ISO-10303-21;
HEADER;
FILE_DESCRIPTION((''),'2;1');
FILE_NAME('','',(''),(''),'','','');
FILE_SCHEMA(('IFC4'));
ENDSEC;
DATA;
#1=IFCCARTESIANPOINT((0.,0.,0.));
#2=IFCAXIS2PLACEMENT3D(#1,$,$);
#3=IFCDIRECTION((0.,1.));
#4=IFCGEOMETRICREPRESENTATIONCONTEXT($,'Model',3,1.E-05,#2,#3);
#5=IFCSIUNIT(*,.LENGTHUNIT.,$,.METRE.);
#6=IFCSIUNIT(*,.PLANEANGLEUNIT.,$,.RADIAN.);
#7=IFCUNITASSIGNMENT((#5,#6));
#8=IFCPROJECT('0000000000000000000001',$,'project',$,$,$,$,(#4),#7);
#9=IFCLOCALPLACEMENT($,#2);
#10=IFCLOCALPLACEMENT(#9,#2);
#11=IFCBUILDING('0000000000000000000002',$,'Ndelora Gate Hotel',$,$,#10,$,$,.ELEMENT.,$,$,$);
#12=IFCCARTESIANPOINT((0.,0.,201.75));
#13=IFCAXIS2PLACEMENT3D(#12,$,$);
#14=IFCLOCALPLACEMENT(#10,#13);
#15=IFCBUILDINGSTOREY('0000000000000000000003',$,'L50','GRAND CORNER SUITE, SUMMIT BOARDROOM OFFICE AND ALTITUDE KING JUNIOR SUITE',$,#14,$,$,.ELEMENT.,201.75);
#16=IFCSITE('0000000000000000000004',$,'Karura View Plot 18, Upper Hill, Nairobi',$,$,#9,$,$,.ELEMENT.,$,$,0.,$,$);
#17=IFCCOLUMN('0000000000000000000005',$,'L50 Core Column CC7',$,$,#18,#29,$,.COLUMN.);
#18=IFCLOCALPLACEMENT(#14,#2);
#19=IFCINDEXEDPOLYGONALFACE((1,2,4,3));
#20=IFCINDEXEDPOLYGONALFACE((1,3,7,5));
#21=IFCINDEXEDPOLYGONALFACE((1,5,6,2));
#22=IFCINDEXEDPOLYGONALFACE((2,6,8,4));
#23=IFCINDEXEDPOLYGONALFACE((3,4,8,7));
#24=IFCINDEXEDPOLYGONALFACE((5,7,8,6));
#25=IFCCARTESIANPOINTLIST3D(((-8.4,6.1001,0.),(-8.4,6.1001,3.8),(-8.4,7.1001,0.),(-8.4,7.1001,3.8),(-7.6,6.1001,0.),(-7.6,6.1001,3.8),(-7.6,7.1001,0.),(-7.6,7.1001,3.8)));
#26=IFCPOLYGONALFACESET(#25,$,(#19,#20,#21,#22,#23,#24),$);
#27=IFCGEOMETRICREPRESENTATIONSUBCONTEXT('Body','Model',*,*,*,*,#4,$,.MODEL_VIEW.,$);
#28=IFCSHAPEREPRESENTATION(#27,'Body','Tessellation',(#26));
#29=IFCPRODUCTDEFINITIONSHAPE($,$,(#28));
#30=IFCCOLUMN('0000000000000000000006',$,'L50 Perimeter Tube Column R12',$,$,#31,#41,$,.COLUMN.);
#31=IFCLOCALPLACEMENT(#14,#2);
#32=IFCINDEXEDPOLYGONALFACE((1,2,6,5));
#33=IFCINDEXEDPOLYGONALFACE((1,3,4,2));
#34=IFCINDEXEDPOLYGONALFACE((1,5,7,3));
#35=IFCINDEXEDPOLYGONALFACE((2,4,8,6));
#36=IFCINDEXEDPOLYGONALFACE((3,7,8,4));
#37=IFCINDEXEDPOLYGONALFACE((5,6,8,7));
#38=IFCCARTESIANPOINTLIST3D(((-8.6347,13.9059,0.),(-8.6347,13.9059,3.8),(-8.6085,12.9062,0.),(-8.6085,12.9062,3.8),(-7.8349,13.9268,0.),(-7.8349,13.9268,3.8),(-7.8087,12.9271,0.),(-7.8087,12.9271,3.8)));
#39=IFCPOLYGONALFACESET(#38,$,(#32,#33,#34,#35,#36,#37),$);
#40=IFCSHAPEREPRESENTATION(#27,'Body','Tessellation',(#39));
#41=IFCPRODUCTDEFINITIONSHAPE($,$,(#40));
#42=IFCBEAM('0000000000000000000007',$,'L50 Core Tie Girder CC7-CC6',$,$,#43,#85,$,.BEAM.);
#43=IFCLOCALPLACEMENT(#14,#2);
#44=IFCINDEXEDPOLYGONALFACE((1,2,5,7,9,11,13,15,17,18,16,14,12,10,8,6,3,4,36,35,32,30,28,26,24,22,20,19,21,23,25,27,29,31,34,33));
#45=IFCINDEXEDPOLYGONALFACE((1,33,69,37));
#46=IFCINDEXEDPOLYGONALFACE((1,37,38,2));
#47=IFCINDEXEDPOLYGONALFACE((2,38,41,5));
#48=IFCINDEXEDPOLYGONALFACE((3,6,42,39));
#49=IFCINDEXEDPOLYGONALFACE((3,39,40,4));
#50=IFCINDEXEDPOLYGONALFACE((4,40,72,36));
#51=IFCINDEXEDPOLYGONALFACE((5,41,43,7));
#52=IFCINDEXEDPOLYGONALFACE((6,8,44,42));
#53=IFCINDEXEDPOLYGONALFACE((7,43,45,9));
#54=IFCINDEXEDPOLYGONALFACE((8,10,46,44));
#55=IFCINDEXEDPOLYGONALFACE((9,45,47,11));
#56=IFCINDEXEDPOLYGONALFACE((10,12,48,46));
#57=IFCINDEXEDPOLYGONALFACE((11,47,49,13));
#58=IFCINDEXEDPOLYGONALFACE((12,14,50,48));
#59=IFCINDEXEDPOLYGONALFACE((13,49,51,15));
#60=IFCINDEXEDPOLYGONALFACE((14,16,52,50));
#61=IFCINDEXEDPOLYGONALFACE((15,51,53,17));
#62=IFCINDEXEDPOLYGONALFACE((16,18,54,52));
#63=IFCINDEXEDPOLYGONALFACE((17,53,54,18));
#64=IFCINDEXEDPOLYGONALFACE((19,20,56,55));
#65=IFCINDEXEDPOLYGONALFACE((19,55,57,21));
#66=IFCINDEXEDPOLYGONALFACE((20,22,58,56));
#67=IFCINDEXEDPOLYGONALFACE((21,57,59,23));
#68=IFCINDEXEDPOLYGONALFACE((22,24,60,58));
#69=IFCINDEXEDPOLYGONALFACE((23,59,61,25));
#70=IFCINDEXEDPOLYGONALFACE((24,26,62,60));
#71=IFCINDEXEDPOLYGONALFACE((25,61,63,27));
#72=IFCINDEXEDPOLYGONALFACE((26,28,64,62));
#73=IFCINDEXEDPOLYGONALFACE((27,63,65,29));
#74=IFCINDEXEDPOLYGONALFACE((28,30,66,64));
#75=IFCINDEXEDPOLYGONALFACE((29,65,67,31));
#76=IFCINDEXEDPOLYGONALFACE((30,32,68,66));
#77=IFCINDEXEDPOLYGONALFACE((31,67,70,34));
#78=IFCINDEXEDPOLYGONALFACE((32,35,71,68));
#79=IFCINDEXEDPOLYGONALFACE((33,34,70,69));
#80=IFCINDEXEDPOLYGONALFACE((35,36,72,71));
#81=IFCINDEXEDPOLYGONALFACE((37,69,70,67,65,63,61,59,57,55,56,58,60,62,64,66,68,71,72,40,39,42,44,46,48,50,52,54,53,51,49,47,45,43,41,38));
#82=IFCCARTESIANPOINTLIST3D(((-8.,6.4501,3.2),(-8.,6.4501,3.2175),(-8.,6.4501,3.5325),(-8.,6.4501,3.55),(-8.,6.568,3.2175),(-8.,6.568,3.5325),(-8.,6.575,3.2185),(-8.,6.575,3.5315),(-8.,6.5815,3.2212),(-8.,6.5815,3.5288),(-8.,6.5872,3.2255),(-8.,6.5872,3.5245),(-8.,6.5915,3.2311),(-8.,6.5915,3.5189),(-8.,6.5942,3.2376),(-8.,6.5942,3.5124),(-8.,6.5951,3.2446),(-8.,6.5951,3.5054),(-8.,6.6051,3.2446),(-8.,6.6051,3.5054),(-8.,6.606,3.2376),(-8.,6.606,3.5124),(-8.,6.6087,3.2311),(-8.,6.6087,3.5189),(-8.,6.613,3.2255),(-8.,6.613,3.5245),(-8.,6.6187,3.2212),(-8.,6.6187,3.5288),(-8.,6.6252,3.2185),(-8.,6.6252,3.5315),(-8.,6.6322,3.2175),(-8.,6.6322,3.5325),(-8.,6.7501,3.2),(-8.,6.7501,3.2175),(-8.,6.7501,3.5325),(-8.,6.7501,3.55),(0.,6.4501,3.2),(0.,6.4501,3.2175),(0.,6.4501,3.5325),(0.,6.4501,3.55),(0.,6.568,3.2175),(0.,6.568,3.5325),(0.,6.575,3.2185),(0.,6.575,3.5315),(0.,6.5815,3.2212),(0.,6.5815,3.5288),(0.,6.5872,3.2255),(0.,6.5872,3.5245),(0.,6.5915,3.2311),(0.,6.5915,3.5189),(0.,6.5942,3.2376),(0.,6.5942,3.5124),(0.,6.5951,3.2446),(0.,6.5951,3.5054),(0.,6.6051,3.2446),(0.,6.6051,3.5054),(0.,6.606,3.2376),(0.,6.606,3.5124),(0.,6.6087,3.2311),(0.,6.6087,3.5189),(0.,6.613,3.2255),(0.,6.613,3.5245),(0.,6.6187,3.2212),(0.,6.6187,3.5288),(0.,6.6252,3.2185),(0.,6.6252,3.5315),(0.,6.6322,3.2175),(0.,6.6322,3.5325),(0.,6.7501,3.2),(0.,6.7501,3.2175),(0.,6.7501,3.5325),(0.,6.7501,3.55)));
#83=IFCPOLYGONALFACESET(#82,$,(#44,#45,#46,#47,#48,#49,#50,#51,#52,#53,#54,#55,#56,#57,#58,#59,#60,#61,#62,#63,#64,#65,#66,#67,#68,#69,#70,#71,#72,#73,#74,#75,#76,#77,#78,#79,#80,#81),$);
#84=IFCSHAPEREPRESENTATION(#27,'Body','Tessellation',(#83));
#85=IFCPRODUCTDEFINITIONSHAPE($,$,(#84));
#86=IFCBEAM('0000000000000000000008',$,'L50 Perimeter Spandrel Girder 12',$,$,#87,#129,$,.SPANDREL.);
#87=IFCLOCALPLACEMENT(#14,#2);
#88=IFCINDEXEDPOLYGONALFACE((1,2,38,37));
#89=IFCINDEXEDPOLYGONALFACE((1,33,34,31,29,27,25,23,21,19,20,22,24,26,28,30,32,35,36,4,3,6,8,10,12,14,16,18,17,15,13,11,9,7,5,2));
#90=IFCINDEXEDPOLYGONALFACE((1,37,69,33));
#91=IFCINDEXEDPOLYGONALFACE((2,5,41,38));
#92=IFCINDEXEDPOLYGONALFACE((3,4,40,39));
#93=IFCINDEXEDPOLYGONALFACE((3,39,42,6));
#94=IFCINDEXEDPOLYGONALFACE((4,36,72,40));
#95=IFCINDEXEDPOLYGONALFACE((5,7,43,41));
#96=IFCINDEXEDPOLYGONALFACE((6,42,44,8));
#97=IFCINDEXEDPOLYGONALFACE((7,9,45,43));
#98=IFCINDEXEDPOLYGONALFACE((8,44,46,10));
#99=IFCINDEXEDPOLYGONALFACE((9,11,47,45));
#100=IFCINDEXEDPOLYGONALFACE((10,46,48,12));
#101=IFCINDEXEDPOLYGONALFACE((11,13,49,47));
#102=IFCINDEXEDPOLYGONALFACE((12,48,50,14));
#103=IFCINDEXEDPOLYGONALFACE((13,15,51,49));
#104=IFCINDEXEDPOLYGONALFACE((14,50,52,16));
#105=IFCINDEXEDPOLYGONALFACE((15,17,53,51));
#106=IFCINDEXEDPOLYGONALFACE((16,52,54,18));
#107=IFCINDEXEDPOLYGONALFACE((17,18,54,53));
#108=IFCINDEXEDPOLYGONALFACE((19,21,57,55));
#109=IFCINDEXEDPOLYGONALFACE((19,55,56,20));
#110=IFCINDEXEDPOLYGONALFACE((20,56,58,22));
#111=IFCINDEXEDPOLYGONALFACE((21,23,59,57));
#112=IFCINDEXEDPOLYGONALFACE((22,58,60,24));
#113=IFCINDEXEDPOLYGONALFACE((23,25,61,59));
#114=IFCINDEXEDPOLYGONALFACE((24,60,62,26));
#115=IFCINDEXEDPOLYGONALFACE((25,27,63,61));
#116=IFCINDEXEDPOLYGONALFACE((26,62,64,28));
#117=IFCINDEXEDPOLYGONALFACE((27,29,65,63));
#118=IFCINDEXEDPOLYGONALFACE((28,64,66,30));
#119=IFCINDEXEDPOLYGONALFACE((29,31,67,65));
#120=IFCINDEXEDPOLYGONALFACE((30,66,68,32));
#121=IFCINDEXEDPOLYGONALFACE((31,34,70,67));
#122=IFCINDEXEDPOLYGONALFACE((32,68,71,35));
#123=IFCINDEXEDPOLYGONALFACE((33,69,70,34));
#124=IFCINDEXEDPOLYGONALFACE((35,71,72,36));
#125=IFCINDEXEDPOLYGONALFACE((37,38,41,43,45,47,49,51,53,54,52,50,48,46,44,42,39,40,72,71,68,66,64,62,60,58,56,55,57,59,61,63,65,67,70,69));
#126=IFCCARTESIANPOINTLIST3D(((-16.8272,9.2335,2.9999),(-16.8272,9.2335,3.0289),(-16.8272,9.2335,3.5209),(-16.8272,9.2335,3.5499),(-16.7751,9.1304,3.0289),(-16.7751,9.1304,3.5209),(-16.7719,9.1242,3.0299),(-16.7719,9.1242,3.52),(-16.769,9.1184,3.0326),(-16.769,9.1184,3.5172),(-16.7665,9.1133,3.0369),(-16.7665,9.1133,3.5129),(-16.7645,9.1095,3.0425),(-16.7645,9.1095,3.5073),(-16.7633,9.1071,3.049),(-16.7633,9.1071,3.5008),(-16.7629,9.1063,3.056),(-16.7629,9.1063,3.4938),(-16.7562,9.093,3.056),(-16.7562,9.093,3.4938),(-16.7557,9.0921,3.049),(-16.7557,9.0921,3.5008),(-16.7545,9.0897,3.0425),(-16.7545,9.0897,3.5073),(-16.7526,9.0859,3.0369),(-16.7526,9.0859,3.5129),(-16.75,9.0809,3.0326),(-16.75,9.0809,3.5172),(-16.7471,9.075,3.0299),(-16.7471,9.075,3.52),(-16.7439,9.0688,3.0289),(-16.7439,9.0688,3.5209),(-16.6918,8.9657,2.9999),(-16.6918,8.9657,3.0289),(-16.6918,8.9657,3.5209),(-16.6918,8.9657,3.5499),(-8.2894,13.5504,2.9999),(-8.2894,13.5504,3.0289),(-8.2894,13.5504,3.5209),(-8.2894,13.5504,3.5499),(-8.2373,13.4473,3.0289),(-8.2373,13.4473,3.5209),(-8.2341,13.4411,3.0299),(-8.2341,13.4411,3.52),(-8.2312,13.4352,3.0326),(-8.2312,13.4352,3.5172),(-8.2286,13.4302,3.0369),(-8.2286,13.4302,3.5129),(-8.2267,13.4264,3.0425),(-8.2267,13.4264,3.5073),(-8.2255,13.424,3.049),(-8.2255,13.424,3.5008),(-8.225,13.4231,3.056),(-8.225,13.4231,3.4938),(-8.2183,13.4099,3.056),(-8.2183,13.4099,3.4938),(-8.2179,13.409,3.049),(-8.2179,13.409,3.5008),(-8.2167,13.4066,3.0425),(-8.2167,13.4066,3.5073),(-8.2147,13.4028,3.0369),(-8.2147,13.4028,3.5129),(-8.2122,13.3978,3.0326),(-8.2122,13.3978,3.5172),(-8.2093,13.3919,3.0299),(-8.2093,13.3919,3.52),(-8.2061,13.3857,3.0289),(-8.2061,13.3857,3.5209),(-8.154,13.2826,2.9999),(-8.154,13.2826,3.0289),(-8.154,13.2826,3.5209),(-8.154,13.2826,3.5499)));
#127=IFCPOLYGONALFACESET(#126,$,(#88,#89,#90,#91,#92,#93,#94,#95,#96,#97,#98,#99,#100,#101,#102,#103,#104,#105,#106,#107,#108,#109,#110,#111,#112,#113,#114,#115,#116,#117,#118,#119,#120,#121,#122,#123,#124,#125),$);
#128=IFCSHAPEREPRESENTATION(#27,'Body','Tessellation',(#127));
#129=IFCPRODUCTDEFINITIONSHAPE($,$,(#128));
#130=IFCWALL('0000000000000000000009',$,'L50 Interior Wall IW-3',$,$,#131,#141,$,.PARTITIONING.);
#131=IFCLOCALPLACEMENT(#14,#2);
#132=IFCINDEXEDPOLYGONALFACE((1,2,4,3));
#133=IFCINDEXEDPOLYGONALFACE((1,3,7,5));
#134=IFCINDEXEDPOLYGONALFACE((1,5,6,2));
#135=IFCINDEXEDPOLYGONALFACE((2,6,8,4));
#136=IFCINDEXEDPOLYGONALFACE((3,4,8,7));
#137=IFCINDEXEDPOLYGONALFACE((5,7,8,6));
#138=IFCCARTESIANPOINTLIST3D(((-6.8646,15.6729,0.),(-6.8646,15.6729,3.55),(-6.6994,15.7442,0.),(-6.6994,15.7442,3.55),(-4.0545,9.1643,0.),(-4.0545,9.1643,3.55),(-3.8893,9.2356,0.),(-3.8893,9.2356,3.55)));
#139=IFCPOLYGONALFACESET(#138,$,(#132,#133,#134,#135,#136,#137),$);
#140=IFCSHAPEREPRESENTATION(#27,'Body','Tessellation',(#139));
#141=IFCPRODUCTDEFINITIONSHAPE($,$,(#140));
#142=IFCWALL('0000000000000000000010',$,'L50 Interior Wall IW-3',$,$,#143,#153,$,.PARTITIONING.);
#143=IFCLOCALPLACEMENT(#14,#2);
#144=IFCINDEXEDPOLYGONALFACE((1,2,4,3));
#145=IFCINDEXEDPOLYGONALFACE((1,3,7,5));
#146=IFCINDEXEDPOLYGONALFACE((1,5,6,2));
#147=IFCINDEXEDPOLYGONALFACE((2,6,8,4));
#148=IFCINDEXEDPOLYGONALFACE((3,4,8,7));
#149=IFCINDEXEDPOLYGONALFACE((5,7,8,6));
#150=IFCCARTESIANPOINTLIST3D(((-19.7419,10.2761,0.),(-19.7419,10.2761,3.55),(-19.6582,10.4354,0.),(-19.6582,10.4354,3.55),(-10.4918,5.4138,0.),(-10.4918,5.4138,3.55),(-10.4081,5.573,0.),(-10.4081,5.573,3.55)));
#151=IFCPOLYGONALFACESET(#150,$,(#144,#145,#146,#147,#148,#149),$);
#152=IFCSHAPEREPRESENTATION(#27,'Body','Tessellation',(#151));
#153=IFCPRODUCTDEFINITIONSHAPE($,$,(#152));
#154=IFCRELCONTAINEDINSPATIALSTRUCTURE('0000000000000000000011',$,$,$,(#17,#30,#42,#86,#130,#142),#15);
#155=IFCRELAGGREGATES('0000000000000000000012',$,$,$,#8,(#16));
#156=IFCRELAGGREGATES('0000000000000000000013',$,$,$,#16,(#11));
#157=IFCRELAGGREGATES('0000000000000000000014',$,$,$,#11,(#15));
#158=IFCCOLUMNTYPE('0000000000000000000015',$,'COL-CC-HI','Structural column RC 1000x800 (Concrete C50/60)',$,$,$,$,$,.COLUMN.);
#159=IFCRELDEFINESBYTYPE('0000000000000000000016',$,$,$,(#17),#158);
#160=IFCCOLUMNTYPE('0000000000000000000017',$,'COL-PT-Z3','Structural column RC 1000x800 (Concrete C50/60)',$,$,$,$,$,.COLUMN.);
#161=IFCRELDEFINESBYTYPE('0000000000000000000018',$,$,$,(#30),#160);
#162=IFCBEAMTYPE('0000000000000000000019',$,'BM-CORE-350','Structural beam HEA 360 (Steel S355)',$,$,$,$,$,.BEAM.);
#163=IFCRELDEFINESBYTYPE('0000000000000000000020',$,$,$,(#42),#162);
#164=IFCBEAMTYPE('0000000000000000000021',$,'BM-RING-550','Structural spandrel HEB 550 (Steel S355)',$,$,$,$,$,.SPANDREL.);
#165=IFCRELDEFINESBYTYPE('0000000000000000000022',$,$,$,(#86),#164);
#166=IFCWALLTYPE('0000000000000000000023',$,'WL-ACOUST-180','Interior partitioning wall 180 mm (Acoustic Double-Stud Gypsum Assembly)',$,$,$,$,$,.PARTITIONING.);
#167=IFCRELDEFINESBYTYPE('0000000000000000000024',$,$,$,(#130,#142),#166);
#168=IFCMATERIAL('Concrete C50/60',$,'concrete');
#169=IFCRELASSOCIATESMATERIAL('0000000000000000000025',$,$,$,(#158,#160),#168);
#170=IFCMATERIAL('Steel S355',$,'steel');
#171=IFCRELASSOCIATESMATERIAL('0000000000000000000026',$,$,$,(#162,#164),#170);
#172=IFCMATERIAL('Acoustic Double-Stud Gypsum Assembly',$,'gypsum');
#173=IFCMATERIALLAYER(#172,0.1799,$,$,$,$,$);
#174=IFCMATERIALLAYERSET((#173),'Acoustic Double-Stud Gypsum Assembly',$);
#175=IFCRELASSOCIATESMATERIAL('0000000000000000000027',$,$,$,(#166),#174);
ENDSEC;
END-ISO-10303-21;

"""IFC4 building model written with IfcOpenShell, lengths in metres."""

from ifc_helpers import new_model, si_unit, direction, frame, frame_2d, origin, origin_2d, place, context, subcontext, project, spatial, rectangle, i_section, extrude, material, layer, layer_set, material_profile, profile_set, type_object, element, save


model = new_model("IFC4")

# Units and contexts
model_context = context("Model", 3, precision=1e-05, world=origin(), true_north=direction((0.0, 1.0)))
body_context = subcontext(model_context, "Body", "Model", "MODEL_VIEW")
ifc_project = project(units=[si_unit("LENGTHUNIT", "METRE"), si_unit("PLANEANGLEUNIT", "RADIAN")], contexts=[model_context])

# Site, building, storey
site_placement = place(None, origin())
site = spatial("IfcSite", under=ifc_project, at=site_placement, Name="Karura View Plot 18, Upper Hill, Nairobi", CompositionType="ELEMENT", RefElevation=0.0)
building_placement = place(site_placement, origin())
building = spatial("IfcBuilding", under=site, at=building_placement, Name="Ndelora Gate Hotel", CompositionType="ELEMENT")
storey_placement = place(building_placement, frame((0.0, 0.0, 201.75)))
storey = spatial("IfcBuildingStorey", under=building, at=storey_placement, Name="L50", Description="GRAND CORNER SUITE, SUMMIT BOARDROOM OFFICE AND ALTITUDE KING JUNIOR SUITE", CompositionType="ELEMENT", Elevation=201.75)

# Columns
ifc_material_1 = material(Name="Concrete C50/60", Category="concrete")
ifc_material_profile_1 = material_profile(ifc_material_1, rectangle(XDim=0.8, YDim=1.0, at=origin_2d()), Name="RC 1000x800")
ifc_profile_set_1 = profile_set([ifc_material_profile_1], Name="Concrete C50/60")
column_type_1 = type_object("IfcColumnType", Name="COL-CC-HI", Description="Structural column RC 1000x800 (Concrete C50/60)", PredefinedType="COLUMN", material=ifc_profile_set_1)
column_1_placement = place(storey_placement, frame((-8.0, 6.6001, 0.0), z_axis=(0.0, 0.0, 1.0), x_axis=(1.0, 0.0, 0.0)))
element("IfcColumn", 1, at=column_1_placement, inside=storey, type_object=column_type_1, Name="L50 Core Column CC7", PredefinedType="COLUMN", context=body_context, shape_type="SweptSolid", body=[
    extrude(rectangle(XDim=0.8, YDim=1.0, at=origin_2d()), origin(), (0.0, 0.0, 1.0), 3.8),
])
ifc_material_profile_2 = material_profile(ifc_material_1, rectangle(XDim=0.8, YDim=1.0, at=origin_2d()), Name="RC 1000x800")
ifc_profile_set_2 = profile_set([ifc_material_profile_2], Name="Concrete C50/60")
column_type_2 = type_object("IfcColumnType", Name="COL-PT-Z3", Description="Structural column RC 1000x800 (Concrete C50/60)", PredefinedType="COLUMN", material=ifc_profile_set_2)
column_2_placement = place(storey_placement, frame((-8.2217, 13.4165, 0.0), z_axis=(0.0, 0.0, 1.0), x_axis=(0.999657, 0.026177, 0.0)))
element("IfcColumn", 2, at=column_2_placement, inside=storey, type_object=column_type_2, Name="L50 Perimeter Tube Column R12", PredefinedType="COLUMN", context=body_context, shape_type="SweptSolid", body=[
    extrude(rectangle(XDim=0.8, YDim=1.0, at=origin_2d()), origin(), (0.0, 0.0, 1.0), 3.8),
])

# Beams
ifc_material_2 = material(Name="Steel S355", Category="steel")
ifc_material_profile_3 = material_profile(ifc_material_2, i_section(OverallWidth=0.3, OverallDepth=0.3501, WebThickness=0.01, FlangeThickness=0.0176, FilletRadius=0.0271, at=origin_2d()), Name="HEA 360")
ifc_profile_set_3 = profile_set([ifc_material_profile_3], Name="Steel S355")
beam_type_1 = type_object("IfcBeamType", Name="BM-CORE-350", Description="Structural beam HEA 360 (Steel S355)", PredefinedType="BEAM", material=ifc_profile_set_3)
beam_1_placement = place(storey_placement, frame((-8.0, 6.6001, 3.375), z_axis=(1.0, 0.0, 0.0), x_axis=(0.0, 1.0, 0.0)))
element("IfcBeam", 3, at=beam_1_placement, inside=storey, type_object=beam_type_1, Name="L50 Core Tie Girder CC7-CC6", PredefinedType="BEAM", context=body_context, shape_type="SweptSolid", body=[
    extrude(i_section(OverallWidth=0.3, OverallDepth=0.3501, WebThickness=0.01, FlangeThickness=0.0176, FilletRadius=0.0271, at=origin_2d()), origin(), (0.0, 0.0, 1.0), 8.0),
])
ifc_material_profile_4 = material_profile(ifc_material_2, i_section(OverallWidth=0.3, OverallDepth=0.55, WebThickness=0.0149, FlangeThickness=0.0291, FilletRadius=0.0271, at=origin_2d()), Name="HEB 550")
ifc_profile_set_4 = profile_set([ifc_material_profile_4], Name="Steel S355")
beam_type_2 = type_object("IfcBeamType", Name="BM-RING-550", Description="Structural spandrel HEB 550 (Steel S355)", PredefinedType="SPANDREL", material=ifc_profile_set_4)
beam_2_placement = place(storey_placement, frame((-8.2217, 13.4165, 3.2749), z_axis=(-0.892412, -0.451221, 0.0), x_axis=(0.451221, -0.892412, 0.0)))
element("IfcBeam", 4, at=beam_2_placement, inside=storey, type_object=beam_type_2, Name="L50 Perimeter Spandrel Girder 12", PredefinedType="SPANDREL", context=body_context, shape_type="SweptSolid", body=[
    extrude(i_section(OverallWidth=0.3, OverallDepth=0.55, WebThickness=0.0149, FlangeThickness=0.0291, FilletRadius=0.0271, at=origin_2d()), origin(), (0.0, 0.0, 1.0), 9.5671),
])

# Walls
ifc_material_3 = material(Name="Acoustic Double-Stud Gypsum Assembly", Category="gypsum")
ifc_layer_1 = layer(ifc_material_3, 0.1799)
ifc_layer_set_1 = layer_set([ifc_layer_1], Name="Acoustic Double-Stud Gypsum Assembly")
wall_type_1 = type_object("IfcWallType", Name="WL-ACOUST-180", Description="Interior partitioning wall 180 mm (Acoustic Double-Stud Gypsum Assembly)", PredefinedType="PARTITIONING", material=ifc_layer_set_1)
wall_1_placement = place(storey_placement, frame((-3.9719, 9.2, 0.0), z_axis=(0.0, 0.0, 1.0), x_axis=(-0.396383, 0.918085, 0.0)))
element("IfcWall", 5, at=wall_1_placement, inside=storey, type_object=wall_type_1, Name="L50 Interior Wall IW-3", PredefinedType="PARTITIONING", context=body_context, shape_type="SweptSolid", body=[
    extrude(rectangle(XDim=7.0894, YDim=0.1799, at=frame_2d((3.5447, 0.0))), origin(), (0.0, 0.0, 1.0), 3.55),
])
wall_2_placement = place(storey_placement, frame((-10.45, 5.4934, 0.0), z_axis=(0.0, 0.0, 1.0), x_axis=(-0.885159, 0.465288, 0.0)))
element("IfcWall", 6, at=wall_2_placement, inside=storey, type_object=wall_type_1, Name="L50 Interior Wall IW-3", PredefinedType="PARTITIONING", context=body_context, shape_type="SweptSolid", body=[
    extrude(rectangle(XDim=10.4502, YDim=0.1799, at=frame_2d((5.2251, 0.0))), origin(), (0.0, 0.0, 1.0), 3.55),
])

save(model, "model.ifc")
